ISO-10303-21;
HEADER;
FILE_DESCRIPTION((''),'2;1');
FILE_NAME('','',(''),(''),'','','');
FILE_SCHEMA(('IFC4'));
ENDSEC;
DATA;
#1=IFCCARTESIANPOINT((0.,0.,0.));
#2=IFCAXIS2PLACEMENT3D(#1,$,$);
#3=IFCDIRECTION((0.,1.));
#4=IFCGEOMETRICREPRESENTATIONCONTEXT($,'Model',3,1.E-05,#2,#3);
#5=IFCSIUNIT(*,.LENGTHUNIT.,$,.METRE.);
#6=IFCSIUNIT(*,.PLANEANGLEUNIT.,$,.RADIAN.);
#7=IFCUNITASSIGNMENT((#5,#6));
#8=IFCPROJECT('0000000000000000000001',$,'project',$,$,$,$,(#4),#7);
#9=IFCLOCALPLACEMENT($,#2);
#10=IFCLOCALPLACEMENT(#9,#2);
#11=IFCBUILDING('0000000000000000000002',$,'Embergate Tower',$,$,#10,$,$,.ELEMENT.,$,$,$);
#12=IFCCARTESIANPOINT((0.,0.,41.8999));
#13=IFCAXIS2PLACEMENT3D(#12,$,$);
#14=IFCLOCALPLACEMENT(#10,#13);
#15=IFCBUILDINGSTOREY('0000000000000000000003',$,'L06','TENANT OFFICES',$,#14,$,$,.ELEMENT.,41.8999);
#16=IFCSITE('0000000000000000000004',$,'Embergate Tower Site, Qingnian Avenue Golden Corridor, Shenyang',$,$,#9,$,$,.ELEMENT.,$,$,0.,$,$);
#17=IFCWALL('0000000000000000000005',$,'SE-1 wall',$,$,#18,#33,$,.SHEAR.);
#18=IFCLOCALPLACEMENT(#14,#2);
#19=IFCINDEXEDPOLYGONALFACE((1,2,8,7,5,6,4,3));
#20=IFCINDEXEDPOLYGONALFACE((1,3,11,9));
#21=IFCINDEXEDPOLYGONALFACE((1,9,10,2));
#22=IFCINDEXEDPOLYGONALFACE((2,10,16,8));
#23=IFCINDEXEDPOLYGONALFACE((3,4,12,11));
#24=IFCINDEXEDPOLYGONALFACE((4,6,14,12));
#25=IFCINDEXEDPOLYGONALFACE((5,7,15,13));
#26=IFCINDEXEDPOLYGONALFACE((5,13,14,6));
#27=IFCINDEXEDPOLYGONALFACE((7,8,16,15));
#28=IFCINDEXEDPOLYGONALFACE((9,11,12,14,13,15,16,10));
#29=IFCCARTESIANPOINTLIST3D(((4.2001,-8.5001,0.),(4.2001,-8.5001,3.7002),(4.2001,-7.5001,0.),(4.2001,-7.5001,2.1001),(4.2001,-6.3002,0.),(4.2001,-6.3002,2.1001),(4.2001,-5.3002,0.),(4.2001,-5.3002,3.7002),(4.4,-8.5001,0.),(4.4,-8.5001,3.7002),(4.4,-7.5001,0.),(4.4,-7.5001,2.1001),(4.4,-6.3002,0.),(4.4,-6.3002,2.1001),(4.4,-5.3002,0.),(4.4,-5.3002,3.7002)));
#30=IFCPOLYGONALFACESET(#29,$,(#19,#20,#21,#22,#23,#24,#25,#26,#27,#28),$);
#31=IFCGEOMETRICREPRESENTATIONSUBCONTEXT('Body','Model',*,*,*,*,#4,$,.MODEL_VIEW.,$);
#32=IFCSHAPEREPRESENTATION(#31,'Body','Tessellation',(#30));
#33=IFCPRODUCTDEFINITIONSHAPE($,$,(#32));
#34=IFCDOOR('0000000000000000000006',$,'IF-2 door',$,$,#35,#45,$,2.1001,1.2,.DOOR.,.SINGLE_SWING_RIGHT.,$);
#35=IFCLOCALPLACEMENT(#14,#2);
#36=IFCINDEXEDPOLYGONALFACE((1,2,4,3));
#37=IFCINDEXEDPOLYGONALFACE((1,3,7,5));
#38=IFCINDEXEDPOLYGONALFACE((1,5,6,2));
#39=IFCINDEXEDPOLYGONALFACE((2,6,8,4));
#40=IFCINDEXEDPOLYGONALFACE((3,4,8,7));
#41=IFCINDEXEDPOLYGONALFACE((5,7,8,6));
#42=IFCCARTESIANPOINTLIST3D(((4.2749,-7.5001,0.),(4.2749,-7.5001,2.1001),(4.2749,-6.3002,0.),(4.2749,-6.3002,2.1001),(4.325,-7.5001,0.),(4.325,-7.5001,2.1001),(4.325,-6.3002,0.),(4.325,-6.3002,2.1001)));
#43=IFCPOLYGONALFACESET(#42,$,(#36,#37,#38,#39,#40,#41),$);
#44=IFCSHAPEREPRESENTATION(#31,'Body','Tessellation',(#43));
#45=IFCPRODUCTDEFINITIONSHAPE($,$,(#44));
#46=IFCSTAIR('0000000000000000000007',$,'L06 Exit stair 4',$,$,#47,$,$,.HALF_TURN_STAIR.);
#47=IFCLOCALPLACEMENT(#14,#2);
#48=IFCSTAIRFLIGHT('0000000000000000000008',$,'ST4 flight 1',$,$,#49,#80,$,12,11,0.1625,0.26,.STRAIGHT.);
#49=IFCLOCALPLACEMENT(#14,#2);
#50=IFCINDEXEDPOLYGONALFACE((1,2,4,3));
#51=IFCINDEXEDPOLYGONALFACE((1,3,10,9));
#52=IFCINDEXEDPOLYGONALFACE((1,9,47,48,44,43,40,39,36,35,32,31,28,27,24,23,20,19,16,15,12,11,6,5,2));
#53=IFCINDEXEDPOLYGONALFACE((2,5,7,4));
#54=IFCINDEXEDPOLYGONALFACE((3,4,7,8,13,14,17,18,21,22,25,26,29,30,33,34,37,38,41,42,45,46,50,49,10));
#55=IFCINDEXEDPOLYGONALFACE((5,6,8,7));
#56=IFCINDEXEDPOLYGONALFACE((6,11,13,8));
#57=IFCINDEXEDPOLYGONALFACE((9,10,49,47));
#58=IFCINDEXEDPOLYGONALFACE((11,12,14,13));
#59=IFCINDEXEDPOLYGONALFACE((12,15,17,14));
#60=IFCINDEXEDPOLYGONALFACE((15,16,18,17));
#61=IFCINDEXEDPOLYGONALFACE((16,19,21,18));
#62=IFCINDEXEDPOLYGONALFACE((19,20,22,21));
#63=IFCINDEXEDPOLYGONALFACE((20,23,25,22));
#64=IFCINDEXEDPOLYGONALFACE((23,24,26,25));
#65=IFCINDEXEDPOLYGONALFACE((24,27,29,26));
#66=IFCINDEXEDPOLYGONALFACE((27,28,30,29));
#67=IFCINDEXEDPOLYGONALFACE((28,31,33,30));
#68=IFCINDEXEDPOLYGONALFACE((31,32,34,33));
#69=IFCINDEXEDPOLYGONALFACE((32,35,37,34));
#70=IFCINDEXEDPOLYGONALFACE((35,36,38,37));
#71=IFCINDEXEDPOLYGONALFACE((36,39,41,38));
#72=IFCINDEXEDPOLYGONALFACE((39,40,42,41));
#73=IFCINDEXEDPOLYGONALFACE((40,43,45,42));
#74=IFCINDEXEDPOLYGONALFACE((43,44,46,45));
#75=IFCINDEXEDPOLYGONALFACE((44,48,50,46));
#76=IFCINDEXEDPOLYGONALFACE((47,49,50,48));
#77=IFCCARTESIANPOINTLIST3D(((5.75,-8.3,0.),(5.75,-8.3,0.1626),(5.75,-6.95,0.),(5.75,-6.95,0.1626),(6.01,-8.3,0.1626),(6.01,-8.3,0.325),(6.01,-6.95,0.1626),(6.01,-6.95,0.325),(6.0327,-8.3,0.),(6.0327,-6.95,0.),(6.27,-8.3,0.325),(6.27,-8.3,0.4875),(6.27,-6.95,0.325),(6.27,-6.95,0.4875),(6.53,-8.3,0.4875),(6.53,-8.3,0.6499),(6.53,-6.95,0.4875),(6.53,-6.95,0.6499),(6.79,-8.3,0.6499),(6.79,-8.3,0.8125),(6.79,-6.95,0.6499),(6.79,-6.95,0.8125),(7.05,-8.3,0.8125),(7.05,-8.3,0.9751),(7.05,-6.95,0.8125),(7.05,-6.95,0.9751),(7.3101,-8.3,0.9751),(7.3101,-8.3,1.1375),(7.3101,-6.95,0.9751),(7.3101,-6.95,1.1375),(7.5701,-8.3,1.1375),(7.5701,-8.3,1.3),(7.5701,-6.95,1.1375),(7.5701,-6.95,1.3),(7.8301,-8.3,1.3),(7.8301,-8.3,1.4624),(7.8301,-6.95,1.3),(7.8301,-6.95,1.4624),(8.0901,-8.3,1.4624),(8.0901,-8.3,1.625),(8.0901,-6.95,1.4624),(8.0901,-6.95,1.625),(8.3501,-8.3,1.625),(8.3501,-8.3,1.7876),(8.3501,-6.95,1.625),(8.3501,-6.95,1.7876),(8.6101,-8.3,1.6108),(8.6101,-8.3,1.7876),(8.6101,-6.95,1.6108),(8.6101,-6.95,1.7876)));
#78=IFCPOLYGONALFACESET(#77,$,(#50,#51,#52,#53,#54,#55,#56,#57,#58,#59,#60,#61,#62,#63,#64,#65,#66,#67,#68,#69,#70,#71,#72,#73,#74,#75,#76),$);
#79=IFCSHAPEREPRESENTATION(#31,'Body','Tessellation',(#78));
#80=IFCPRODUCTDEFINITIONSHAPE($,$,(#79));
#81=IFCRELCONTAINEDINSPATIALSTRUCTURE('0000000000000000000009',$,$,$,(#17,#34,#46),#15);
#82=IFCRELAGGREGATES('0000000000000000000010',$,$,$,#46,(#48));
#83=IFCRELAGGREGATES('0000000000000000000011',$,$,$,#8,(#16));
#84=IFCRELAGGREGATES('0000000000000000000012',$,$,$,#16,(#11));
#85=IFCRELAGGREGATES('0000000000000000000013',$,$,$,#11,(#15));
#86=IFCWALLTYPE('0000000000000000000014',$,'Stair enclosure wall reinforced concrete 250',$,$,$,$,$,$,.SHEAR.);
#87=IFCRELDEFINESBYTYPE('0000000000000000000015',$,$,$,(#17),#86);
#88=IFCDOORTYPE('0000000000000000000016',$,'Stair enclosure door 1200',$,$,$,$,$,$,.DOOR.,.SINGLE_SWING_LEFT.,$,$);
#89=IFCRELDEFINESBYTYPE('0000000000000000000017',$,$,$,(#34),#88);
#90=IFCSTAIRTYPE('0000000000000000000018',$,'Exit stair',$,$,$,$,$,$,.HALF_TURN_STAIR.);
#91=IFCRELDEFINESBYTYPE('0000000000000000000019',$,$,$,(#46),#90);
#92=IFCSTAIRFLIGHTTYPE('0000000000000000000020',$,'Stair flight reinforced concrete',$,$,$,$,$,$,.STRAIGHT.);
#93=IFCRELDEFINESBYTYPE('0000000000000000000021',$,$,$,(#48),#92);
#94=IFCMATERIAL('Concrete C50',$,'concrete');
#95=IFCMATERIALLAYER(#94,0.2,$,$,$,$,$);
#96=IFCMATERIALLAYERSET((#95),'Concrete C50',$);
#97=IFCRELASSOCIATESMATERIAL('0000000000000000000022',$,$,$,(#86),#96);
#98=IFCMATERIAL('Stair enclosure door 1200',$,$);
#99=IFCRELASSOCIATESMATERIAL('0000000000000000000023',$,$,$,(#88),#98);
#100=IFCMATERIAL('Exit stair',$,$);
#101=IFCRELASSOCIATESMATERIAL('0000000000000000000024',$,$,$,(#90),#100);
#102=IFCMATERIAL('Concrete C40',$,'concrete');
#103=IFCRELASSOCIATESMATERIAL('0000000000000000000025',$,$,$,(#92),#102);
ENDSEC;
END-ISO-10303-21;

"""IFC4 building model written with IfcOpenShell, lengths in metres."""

from ifc_helpers import new_model, si_unit, direction, frame, frame_2d, origin, place, context, subcontext, project, spatial, polyline, rectangle, outline, extrude, source, transform, mapped, material, layer, layer_set, type_object, element, fill, aggregate, save


model = new_model("IFC4")

# Units and contexts
model_context = context("Model", 3, precision=1e-05, world=origin(), true_north=direction((0.0, 1.0)))
body_context = subcontext(model_context, "Body", "Model", "MODEL_VIEW")
ifc_project = project(units=[si_unit("LENGTHUNIT", "METRE"), si_unit("PLANEANGLEUNIT", "RADIAN")], contexts=[model_context])

# Site, building, storey
site_placement = place(None, origin())
site = spatial("IfcSite", under=ifc_project, at=site_placement, Name="Embergate Tower Site, Qingnian Avenue Golden Corridor, Shenyang", CompositionType="ELEMENT", RefElevation=0.0)
building_placement = place(site_placement, origin())
building = spatial("IfcBuilding", under=site, at=building_placement, Name="Embergate Tower", CompositionType="ELEMENT")
storey_placement = place(building_placement, frame((0.0, 0.0, 41.8999)))
storey = spatial("IfcBuildingStorey", under=building, at=storey_placement, Name="L06", Description="TENANT OFFICES", CompositionType="ELEMENT", Elevation=41.8999)

# Shared definitions
ifc_material_1 = material(Name="Concrete C50", Category="concrete")
ifc_layer_1 = layer(ifc_material_1, 0.2)
ifc_layer_set_1 = layer_set([ifc_layer_1], Name="Concrete C50")
wall_type_1 = type_object("IfcWallType", Name="Stair enclosure wall reinforced concrete 250", PredefinedType="SHEAR", material=ifc_layer_set_1)

# Wall, opening, door
shared_shape_1 = source(origin(), body_context, "Body", "SweptSolid", [
    extrude(rectangle(XDim=3.2, YDim=0.2, at=frame_2d((1.6001, 0.0))), origin(), (0.0, 0.0, 1.0), 3.7002),
])
wall_1_placement = place(storey_placement, frame((4.3, -5.3, 0.0), z_axis=(0.0, 0.0, 1.0), x_axis=(0.0, -1.0, 0.0)))
wall_1 = element("IfcWall", 1, at=wall_1_placement, inside=storey, type_object=wall_type_1, Name="SE-1 wall", PredefinedType="SHEAR", context=body_context, shape_type="MappedRepresentation", body=[
    mapped(shared_shape_1, transform((0.0, 0.0, 0.0))),
])
shared_shape_2 = source(origin(), body_context, "Body", "SweptSolid", [
    extrude(rectangle(XDim=1.2, YDim=2.1001, at=frame_2d((0.6001, 1.05))), frame((0.0, 0.1099, 0.0), z_axis=(0.0, -1.0, 0.0), x_axis=(1.0, 0.0, 0.0)), (0.0, 0.0, 1.0), 0.22),
])
opening_1_placement = place(wall_1_placement, frame((1.0, 0.0, 0.0)))
opening_1 = element("IfcOpeningElement", 2, at=opening_1_placement, cuts=wall_1, PredefinedType="OPENING", context=body_context, shape_type="MappedRepresentation", body=[
    mapped(shared_shape_2, transform((0.0, 0.0, 0.0))),
])
ifc_material_2 = material(Name="Stair enclosure door 1200")
door_type_1 = type_object("IfcDoorType", Name="Stair enclosure door 1200", OperationType="SINGLE_SWING_LEFT", PredefinedType="DOOR", material=ifc_material_2)
shared_shape_3 = source(origin(), body_context, "Body", "SweptSolid", [
    extrude(rectangle(XDim=1.2, YDim=2.1001, at=frame_2d((0.6001, 1.05))), frame((0.0, 0.0249, 0.0), z_axis=(0.0, -1.0, 0.0), x_axis=(1.0, 0.0, 0.0)), (0.0, 0.0, 1.0), 0.05),
])
door_1_placement = place(opening_1_placement, origin())
door_1 = element("IfcDoor", 3, at=door_1_placement, inside=storey, type_object=door_type_1, Name="IF-2 door", OperationType="SINGLE_SWING_RIGHT", OverallHeight=2.1001, OverallWidth=1.2, PredefinedType="DOOR", context=body_context, shape_type="MappedRepresentation", body=[
    mapped(shared_shape_3, transform((0.0, 0.0, 0.0))),
])
fill(opening_1, door_1)

# Stair, stair flight
ifc_material_3 = material(Name="Exit stair")
stair_type = type_object("IfcStairType", Name="Exit stair", PredefinedType="HALF_TURN_STAIR", material=ifc_material_3)
stair_placement = place(storey_placement, origin())
stair = element("IfcStair", 4, at=stair_placement, inside=storey, type_object=stair_type, Name="L06 Exit stair 4", PredefinedType="HALF_TURN_STAIR")
ifc_material_4 = material(Name="Concrete C40", Category="concrete")
stair_flight_type = type_object("IfcStairFlightType", Name="Stair flight reinforced concrete", PredefinedType="STRAIGHT", material=ifc_material_4)
shared_shape_4 = source(origin(), body_context, "Body", "SweptSolid", [
    extrude(outline(polyline([(0.0, 0.0), (0.0, 0.1626), (0.26, 0.1626), (0.26, 0.325), (0.52, 0.325), (0.52, 0.4875), (0.78, 0.4875), (0.78, 0.6499), (1.04, 0.6499), (1.04, 0.8125), (1.3, 0.8125), (1.3, 0.9751), (1.5601, 0.9751), (1.5601, 1.1375), (1.8201, 1.1375), (1.8201, 1.3), (2.0801, 1.3), (2.0801, 1.4624), (2.3401, 1.4624), (2.3401, 1.625), (2.6001, 1.625), (2.6001, 1.7876), (2.8601, 1.7876), (2.8601, 1.95), (2.8601, 1.6108), (0.2827, 0.0), (0.0, 0.0)])), frame((0.0, 0.675, 0.0), z_axis=(0.0, -1.0, 0.0), x_axis=(1.0, 0.0, 0.0)), (0.0, 0.0, 1.0), 1.3501),
])
stair_flight_placement = place(storey_placement, frame((5.75, -7.625, 0.0), z_axis=(0.0, 0.0, 1.0), x_axis=(1.0, 0.0, 0.0)))
stair_flight = element("IfcStairFlight", 5, at=stair_flight_placement, type_object=stair_flight_type, Name="ST4 flight 1", NumberOfRisers=12, NumberOfTreads=11, PredefinedType="STRAIGHT", RiserHeight=0.1625, TreadLength=0.26, context=body_context, shape_type="MappedRepresentation", body=[
    mapped(shared_shape_4, transform((0.0, 0.0, 0.0))),
])
aggregate(stair, [stair_flight])

save(model, "model.ifc")
